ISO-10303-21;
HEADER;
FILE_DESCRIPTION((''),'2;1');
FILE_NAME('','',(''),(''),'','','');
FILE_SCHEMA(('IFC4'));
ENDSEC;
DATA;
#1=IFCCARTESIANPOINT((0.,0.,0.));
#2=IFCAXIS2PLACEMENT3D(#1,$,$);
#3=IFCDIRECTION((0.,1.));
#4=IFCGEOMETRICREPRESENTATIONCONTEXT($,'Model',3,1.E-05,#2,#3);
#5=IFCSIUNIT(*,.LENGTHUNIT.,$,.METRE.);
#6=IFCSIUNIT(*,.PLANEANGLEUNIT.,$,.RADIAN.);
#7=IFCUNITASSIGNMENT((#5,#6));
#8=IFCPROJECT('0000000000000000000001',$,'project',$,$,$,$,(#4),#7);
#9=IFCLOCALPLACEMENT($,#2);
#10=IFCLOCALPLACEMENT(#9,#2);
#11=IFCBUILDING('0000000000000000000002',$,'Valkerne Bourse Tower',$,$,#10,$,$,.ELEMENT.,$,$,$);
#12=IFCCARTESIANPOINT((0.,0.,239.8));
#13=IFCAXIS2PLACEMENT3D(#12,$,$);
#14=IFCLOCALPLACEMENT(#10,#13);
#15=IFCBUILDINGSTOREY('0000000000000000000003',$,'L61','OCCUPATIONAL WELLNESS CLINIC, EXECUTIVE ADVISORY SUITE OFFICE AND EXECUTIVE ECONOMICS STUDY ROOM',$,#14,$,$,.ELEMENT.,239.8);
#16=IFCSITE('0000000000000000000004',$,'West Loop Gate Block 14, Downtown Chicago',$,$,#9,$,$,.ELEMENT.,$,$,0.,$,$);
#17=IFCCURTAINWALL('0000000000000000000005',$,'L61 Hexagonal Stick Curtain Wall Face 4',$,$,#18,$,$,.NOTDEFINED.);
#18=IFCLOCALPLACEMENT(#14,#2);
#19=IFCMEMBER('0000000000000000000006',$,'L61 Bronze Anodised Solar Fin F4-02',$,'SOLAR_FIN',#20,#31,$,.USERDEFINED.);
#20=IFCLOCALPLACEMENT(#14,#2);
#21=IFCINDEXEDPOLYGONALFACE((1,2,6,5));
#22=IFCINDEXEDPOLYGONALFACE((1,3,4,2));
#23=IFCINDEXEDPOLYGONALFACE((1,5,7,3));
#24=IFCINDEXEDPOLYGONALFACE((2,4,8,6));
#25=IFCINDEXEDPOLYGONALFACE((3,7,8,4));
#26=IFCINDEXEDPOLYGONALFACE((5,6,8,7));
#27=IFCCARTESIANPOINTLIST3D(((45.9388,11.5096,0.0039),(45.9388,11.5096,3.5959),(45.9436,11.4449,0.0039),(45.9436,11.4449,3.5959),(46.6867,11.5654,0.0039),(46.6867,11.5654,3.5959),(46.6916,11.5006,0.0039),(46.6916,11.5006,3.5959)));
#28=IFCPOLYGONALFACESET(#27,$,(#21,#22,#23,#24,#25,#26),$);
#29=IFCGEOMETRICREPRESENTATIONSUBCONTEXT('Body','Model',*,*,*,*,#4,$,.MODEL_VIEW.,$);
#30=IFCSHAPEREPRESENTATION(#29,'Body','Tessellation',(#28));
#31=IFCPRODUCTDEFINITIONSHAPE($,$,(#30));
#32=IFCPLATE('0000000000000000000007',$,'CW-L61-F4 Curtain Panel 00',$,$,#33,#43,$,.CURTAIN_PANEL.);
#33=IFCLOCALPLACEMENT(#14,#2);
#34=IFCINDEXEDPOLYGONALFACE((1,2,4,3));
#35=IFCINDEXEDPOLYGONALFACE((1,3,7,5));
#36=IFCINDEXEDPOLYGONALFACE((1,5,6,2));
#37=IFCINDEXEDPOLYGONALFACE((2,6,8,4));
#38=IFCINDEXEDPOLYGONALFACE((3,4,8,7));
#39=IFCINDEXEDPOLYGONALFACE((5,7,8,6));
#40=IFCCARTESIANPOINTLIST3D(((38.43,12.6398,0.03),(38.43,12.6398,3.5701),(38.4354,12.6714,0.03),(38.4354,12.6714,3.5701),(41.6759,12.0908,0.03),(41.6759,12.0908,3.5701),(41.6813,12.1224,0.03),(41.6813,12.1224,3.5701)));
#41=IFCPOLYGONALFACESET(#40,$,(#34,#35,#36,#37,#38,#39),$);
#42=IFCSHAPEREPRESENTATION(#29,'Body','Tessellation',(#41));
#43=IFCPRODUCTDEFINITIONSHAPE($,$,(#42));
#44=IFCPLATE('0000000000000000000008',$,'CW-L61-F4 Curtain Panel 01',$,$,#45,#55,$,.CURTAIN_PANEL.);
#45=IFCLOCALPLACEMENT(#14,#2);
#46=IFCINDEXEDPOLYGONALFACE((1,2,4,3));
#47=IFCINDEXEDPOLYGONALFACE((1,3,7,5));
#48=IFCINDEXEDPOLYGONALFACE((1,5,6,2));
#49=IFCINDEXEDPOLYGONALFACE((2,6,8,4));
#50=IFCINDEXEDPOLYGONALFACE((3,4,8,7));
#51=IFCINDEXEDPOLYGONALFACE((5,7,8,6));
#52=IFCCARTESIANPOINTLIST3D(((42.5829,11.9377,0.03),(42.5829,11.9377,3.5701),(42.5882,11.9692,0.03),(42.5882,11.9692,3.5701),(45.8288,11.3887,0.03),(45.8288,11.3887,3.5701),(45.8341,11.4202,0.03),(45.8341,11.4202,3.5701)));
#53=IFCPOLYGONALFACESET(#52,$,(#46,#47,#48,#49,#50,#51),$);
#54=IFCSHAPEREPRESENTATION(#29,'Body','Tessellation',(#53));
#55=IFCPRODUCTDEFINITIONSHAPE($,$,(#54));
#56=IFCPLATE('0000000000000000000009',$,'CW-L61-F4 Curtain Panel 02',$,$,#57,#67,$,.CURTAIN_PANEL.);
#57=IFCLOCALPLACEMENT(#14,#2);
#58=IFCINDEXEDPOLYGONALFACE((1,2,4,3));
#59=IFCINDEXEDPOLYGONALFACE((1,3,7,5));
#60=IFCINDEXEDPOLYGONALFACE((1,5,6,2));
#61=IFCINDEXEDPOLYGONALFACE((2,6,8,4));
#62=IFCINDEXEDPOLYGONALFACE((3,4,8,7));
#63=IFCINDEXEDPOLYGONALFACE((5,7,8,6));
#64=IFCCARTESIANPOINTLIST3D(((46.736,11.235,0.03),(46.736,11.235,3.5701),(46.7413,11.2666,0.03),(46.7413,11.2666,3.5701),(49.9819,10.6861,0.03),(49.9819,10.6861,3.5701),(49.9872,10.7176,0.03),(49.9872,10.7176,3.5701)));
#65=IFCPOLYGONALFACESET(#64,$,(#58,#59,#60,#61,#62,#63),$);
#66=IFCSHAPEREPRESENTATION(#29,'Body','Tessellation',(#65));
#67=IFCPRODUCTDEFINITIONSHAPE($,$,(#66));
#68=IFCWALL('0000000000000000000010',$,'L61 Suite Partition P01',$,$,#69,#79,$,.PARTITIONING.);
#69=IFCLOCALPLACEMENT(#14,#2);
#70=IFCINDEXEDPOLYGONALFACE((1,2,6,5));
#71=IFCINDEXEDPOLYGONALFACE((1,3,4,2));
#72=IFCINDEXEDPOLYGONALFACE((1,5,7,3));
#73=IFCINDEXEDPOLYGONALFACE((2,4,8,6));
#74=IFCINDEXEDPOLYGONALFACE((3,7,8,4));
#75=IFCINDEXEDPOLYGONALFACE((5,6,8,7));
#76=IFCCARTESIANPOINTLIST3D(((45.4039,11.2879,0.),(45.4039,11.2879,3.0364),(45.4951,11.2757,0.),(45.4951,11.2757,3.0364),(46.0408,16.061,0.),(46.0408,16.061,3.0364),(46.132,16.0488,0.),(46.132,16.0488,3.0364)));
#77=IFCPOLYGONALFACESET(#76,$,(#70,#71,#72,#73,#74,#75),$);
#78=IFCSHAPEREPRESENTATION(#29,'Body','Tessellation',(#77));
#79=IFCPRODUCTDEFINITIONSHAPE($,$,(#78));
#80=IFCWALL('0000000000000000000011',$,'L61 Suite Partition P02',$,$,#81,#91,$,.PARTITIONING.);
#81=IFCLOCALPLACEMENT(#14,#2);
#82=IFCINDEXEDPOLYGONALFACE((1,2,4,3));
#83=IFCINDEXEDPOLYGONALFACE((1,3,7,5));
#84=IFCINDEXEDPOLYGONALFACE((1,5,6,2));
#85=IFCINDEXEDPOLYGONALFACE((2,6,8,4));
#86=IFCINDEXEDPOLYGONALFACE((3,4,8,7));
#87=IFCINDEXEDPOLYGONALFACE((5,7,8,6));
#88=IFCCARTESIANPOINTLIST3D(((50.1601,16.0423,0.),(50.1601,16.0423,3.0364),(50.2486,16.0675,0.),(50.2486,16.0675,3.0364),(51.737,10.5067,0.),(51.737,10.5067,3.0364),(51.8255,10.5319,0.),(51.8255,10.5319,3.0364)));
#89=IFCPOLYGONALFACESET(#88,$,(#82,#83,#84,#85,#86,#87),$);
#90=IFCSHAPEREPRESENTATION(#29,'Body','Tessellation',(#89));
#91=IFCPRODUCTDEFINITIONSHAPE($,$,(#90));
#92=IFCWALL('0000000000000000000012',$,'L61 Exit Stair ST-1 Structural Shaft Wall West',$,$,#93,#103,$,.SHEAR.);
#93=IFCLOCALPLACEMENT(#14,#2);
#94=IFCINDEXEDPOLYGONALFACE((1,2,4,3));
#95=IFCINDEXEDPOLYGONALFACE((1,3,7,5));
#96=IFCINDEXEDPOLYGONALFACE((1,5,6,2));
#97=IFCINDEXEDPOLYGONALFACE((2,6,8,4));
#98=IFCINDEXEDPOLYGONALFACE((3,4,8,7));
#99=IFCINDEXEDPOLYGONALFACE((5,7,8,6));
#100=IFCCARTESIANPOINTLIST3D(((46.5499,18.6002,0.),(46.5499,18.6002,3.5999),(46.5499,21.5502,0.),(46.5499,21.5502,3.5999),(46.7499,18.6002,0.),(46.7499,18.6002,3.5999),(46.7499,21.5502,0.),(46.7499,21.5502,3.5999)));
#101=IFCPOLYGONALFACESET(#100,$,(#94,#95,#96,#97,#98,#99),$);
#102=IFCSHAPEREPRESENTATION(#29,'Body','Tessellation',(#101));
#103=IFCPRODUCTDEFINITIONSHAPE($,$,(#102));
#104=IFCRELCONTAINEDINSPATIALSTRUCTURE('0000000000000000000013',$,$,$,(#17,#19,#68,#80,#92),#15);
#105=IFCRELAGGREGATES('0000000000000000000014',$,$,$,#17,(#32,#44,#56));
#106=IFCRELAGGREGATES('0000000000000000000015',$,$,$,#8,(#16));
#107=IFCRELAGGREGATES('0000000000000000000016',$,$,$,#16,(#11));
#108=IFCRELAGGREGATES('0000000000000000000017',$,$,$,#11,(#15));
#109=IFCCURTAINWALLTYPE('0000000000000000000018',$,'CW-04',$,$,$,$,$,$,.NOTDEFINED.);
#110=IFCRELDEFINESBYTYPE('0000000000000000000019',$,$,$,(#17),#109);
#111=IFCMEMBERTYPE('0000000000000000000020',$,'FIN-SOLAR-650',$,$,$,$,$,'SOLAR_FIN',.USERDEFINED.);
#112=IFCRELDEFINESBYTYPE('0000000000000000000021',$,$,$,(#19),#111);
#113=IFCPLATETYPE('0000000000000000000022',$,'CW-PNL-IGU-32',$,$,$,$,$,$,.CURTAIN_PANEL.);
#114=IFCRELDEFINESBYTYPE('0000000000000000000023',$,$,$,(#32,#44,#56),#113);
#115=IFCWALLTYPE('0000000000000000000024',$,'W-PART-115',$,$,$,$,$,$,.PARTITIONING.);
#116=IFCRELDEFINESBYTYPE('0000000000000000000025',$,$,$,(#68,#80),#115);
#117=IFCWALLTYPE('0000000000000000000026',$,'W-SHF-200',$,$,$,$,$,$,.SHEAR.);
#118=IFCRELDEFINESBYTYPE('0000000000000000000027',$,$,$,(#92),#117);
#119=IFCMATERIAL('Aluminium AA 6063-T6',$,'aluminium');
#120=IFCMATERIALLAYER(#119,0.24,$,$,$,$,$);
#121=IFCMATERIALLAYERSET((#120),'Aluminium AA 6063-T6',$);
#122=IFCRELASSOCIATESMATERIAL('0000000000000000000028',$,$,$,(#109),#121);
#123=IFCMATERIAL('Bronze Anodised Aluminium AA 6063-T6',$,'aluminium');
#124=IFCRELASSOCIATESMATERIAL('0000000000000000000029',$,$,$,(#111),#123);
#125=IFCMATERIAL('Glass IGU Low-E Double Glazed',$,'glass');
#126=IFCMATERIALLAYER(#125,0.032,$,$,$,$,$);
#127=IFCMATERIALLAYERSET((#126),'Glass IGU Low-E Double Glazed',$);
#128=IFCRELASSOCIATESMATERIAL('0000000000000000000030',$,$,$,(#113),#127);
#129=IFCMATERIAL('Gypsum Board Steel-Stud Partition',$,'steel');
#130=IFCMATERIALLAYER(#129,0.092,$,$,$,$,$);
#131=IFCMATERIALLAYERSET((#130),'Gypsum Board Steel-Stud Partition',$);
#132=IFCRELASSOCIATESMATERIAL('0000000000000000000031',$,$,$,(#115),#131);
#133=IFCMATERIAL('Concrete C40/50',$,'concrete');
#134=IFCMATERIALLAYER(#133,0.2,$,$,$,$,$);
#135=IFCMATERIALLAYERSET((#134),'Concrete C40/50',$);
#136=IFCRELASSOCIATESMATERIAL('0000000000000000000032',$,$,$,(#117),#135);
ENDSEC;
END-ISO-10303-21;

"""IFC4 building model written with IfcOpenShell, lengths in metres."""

from ifc_helpers import new_model, si_unit, direction, frame, frame_2d, origin, origin_2d, place, context, subcontext, project, spatial, rectangle, extrude, material, layer, layer_set, material_profile, profile_set, type_object, element, aggregate, save


model = new_model("IFC4")

# Units and contexts
model_context = context("Model", 3, precision=1e-05, world=origin(), true_north=direction((0.0, 1.0)))
body_context = subcontext(model_context, "Body", "Model", "MODEL_VIEW")
ifc_project = project(units=[si_unit("LENGTHUNIT", "METRE"), si_unit("PLANEANGLEUNIT", "RADIAN")], contexts=[model_context])

# Site, building, storey
site_placement = place(None, origin())
site = spatial("IfcSite", under=ifc_project, at=site_placement, Name="West Loop Gate Block 14, Downtown Chicago", CompositionType="ELEMENT", RefElevation=0.0)
building_placement = place(site_placement, origin())
building = spatial("IfcBuilding", under=site, at=building_placement, Name="Valkerne Bourse Tower", CompositionType="ELEMENT")
storey_placement = place(building_placement, frame((0.0, 0.0, 239.8)))
storey = spatial("IfcBuildingStorey", under=building, at=storey_placement, Name="L61", Description="OCCUPATIONAL WELLNESS CLINIC, EXECUTIVE ADVISORY SUITE OFFICE AND EXECUTIVE ECONOMICS STUDY ROOM", CompositionType="ELEMENT", Elevation=239.8)

# Curtain wall
ifc_material_1 = material(Name="Aluminium AA 6063-T6", Category="aluminium")
ifc_layer_1 = layer(ifc_material_1, 0.24)
ifc_layer_set_1 = layer_set([ifc_layer_1], Name="Aluminium AA 6063-T6")
curtain_wall_type = type_object("IfcCurtainWallType", Name="CW-04", PredefinedType="NOTDEFINED", material=ifc_layer_set_1)
curtain_wall_placement = place(storey_placement, origin())
curtain_wall = element("IfcCurtainWall", 1, at=curtain_wall_placement, inside=storey, type_object=curtain_wall_type, Name="L61 Hexagonal Stick Curtain Wall Face 4", PredefinedType="NOTDEFINED")

# Member
ifc_material_2 = material(Name="Bronze Anodised Aluminium AA 6063-T6", Category="aluminium")
ifc_material_profile_1 = material_profile(ifc_material_2, rectangle(XDim=0.0649, YDim=0.75, at=origin_2d()), Name="FIN-65X750")
ifc_profile_set_1 = profile_set([ifc_material_profile_1], Name="Bronze Anodised Aluminium AA 6063-T6")
member_type_1 = type_object("IfcMemberType", Name="FIN-SOLAR-650", ElementType="SOLAR_FIN", PredefinedType="USERDEFINED", material=ifc_profile_set_1)
member_1_placement = place(storey_placement, frame((46.3152, 11.5051, 0.0039), z_axis=(0.0, 0.0, 1.0), x_axis=(0.074295, -0.997236, 0.0)))
element("IfcMember", 2, at=member_1_placement, inside=storey, type_object=member_type_1, Name="L61 Bronze Anodised Solar Fin F4-02", ObjectType="SOLAR_FIN", PredefinedType="USERDEFINED", context=body_context, shape_type="SweptSolid", body=[
    extrude(rectangle(XDim=0.0649, YDim=0.75, at=origin_2d()), origin(), (0.0, 0.0, 1.0), 3.592),
])

# Plates
ifc_material_3 = material(Name="Glass IGU Low-E Double Glazed", Category="glass")
ifc_layer_2 = layer(ifc_material_3, 0.032)
ifc_layer_set_2 = layer_set([ifc_layer_2], Name="Glass IGU Low-E Double Glazed")
plate_type = type_object("IfcPlateType", Name="CW-PNL-IGU-32", PredefinedType="CURTAIN_PANEL", material=ifc_layer_set_2)
plate_1_placement = place(storey_placement, frame((40.0557, 12.3811, 0.03), z_axis=(0.0, 0.0, 1.0), x_axis=(0.985997, -0.166762, 0.0)))
plate_1 = element("IfcPlate", 3, at=plate_1_placement, type_object=plate_type, Name="CW-L61-F4 Curtain Panel 00", PredefinedType="CURTAIN_PANEL", context=body_context, shape_type="SweptSolid", body=[
    extrude(rectangle(XDim=3.292, YDim=0.032, at=origin_2d()), origin(), (0.0, 0.0, 1.0), 3.54),
])
plate_2_placement = place(storey_placement, frame((44.2085, 11.679, 0.03), z_axis=(0.0, 0.0, 1.0), x_axis=(0.985997, -0.166762, 0.0)))
plate_2 = element("IfcPlate", 4, at=plate_2_placement, type_object=plate_type, Name="CW-L61-F4 Curtain Panel 01", PredefinedType="CURTAIN_PANEL", context=body_context, shape_type="SweptSolid", body=[
    extrude(rectangle(XDim=3.292, YDim=0.032, at=origin_2d()), origin(), (0.0, 0.0, 1.0), 3.54),
])
plate_3_placement = place(storey_placement, frame((48.3616, 10.9763, 0.03), z_axis=(0.0, 0.0, 1.0), x_axis=(0.985997, -0.166762, 0.0)))
plate_3 = element("IfcPlate", 5, at=plate_3_placement, type_object=plate_type, Name="CW-L61-F4 Curtain Panel 02", PredefinedType="CURTAIN_PANEL", context=body_context, shape_type="SweptSolid", body=[
    extrude(rectangle(XDim=3.292, YDim=0.032, at=origin_2d()), origin(), (0.0, 0.0, 1.0), 3.54),
])
aggregate(curtain_wall, [plate_1, plate_2, plate_3])

# Walls
ifc_material_4 = material(Name="Gypsum Board Steel-Stud Partition", Category="steel")
ifc_layer_3 = layer(ifc_material_4, 0.092)
ifc_layer_set_3 = layer_set([ifc_layer_3], Name="Gypsum Board Steel-Stud Partition")
wall_type_1 = type_object("IfcWallType", Name="W-PART-115", PredefinedType="PARTITIONING", material=ifc_layer_set_3)
wall_1_placement = place(storey_placement, frame((46.0864, 16.0549, 0.0), z_axis=(0.0, 0.0, 1.0), x_axis=(-0.132273, -0.991213, 0.0)))
element("IfcWall", 6, at=wall_1_placement, inside=storey, type_object=wall_type_1, Name="L61 Suite Partition P01", PredefinedType="PARTITIONING", context=body_context, shape_type="SweptSolid", body=[
    extrude(rectangle(XDim=4.8154, YDim=0.092, at=frame_2d((2.4077, 0.0))), origin(), (0.0, 0.0, 1.0), 3.0364),
])
wall_2_placement = place(storey_placement, frame((50.2043, 16.0549, 0.0), z_axis=(0.0, 0.0, 1.0), x_axis=(0.273965, -0.96174, 0.0)))
element("IfcWall", 7, at=wall_2_placement, inside=storey, type_object=wall_type_1, Name="L61 Suite Partition P02", PredefinedType="PARTITIONING", context=body_context, shape_type="SweptSolid", body=[
    extrude(rectangle(XDim=5.7559, YDim=0.092, at=frame_2d((2.8779, 0.0))), origin(), (0.0, 0.0, 1.0), 3.0364),
])
ifc_material_5 = material(Name="Concrete C40/50", Category="concrete")
ifc_layer_4 = layer(ifc_material_5, 0.2)
ifc_layer_set_4 = layer_set([ifc_layer_4], Name="Concrete C40/50")
wall_type_2 = type_object("IfcWallType", Name="W-SHF-200", PredefinedType="SHEAR", material=ifc_layer_set_4)
wall_3_placement = place(storey_placement, frame((46.6499, 18.6001, 0.0), z_axis=(0.0, 0.0, 1.0), x_axis=(0.0, 1.0, 0.0)))
element("IfcWall", 8, at=wall_3_placement, inside=storey, type_object=wall_type_2, Name="L61 Exit Stair ST-1 Structural Shaft Wall West", PredefinedType="SHEAR", context=body_context, shape_type="SweptSolid", body=[
    extrude(rectangle(XDim=2.95, YDim=0.2, at=frame_2d((1.4751, 0.0))), origin(), (0.0, 0.0, 1.0), 3.5999),
])

save(model, "model.ifc")
